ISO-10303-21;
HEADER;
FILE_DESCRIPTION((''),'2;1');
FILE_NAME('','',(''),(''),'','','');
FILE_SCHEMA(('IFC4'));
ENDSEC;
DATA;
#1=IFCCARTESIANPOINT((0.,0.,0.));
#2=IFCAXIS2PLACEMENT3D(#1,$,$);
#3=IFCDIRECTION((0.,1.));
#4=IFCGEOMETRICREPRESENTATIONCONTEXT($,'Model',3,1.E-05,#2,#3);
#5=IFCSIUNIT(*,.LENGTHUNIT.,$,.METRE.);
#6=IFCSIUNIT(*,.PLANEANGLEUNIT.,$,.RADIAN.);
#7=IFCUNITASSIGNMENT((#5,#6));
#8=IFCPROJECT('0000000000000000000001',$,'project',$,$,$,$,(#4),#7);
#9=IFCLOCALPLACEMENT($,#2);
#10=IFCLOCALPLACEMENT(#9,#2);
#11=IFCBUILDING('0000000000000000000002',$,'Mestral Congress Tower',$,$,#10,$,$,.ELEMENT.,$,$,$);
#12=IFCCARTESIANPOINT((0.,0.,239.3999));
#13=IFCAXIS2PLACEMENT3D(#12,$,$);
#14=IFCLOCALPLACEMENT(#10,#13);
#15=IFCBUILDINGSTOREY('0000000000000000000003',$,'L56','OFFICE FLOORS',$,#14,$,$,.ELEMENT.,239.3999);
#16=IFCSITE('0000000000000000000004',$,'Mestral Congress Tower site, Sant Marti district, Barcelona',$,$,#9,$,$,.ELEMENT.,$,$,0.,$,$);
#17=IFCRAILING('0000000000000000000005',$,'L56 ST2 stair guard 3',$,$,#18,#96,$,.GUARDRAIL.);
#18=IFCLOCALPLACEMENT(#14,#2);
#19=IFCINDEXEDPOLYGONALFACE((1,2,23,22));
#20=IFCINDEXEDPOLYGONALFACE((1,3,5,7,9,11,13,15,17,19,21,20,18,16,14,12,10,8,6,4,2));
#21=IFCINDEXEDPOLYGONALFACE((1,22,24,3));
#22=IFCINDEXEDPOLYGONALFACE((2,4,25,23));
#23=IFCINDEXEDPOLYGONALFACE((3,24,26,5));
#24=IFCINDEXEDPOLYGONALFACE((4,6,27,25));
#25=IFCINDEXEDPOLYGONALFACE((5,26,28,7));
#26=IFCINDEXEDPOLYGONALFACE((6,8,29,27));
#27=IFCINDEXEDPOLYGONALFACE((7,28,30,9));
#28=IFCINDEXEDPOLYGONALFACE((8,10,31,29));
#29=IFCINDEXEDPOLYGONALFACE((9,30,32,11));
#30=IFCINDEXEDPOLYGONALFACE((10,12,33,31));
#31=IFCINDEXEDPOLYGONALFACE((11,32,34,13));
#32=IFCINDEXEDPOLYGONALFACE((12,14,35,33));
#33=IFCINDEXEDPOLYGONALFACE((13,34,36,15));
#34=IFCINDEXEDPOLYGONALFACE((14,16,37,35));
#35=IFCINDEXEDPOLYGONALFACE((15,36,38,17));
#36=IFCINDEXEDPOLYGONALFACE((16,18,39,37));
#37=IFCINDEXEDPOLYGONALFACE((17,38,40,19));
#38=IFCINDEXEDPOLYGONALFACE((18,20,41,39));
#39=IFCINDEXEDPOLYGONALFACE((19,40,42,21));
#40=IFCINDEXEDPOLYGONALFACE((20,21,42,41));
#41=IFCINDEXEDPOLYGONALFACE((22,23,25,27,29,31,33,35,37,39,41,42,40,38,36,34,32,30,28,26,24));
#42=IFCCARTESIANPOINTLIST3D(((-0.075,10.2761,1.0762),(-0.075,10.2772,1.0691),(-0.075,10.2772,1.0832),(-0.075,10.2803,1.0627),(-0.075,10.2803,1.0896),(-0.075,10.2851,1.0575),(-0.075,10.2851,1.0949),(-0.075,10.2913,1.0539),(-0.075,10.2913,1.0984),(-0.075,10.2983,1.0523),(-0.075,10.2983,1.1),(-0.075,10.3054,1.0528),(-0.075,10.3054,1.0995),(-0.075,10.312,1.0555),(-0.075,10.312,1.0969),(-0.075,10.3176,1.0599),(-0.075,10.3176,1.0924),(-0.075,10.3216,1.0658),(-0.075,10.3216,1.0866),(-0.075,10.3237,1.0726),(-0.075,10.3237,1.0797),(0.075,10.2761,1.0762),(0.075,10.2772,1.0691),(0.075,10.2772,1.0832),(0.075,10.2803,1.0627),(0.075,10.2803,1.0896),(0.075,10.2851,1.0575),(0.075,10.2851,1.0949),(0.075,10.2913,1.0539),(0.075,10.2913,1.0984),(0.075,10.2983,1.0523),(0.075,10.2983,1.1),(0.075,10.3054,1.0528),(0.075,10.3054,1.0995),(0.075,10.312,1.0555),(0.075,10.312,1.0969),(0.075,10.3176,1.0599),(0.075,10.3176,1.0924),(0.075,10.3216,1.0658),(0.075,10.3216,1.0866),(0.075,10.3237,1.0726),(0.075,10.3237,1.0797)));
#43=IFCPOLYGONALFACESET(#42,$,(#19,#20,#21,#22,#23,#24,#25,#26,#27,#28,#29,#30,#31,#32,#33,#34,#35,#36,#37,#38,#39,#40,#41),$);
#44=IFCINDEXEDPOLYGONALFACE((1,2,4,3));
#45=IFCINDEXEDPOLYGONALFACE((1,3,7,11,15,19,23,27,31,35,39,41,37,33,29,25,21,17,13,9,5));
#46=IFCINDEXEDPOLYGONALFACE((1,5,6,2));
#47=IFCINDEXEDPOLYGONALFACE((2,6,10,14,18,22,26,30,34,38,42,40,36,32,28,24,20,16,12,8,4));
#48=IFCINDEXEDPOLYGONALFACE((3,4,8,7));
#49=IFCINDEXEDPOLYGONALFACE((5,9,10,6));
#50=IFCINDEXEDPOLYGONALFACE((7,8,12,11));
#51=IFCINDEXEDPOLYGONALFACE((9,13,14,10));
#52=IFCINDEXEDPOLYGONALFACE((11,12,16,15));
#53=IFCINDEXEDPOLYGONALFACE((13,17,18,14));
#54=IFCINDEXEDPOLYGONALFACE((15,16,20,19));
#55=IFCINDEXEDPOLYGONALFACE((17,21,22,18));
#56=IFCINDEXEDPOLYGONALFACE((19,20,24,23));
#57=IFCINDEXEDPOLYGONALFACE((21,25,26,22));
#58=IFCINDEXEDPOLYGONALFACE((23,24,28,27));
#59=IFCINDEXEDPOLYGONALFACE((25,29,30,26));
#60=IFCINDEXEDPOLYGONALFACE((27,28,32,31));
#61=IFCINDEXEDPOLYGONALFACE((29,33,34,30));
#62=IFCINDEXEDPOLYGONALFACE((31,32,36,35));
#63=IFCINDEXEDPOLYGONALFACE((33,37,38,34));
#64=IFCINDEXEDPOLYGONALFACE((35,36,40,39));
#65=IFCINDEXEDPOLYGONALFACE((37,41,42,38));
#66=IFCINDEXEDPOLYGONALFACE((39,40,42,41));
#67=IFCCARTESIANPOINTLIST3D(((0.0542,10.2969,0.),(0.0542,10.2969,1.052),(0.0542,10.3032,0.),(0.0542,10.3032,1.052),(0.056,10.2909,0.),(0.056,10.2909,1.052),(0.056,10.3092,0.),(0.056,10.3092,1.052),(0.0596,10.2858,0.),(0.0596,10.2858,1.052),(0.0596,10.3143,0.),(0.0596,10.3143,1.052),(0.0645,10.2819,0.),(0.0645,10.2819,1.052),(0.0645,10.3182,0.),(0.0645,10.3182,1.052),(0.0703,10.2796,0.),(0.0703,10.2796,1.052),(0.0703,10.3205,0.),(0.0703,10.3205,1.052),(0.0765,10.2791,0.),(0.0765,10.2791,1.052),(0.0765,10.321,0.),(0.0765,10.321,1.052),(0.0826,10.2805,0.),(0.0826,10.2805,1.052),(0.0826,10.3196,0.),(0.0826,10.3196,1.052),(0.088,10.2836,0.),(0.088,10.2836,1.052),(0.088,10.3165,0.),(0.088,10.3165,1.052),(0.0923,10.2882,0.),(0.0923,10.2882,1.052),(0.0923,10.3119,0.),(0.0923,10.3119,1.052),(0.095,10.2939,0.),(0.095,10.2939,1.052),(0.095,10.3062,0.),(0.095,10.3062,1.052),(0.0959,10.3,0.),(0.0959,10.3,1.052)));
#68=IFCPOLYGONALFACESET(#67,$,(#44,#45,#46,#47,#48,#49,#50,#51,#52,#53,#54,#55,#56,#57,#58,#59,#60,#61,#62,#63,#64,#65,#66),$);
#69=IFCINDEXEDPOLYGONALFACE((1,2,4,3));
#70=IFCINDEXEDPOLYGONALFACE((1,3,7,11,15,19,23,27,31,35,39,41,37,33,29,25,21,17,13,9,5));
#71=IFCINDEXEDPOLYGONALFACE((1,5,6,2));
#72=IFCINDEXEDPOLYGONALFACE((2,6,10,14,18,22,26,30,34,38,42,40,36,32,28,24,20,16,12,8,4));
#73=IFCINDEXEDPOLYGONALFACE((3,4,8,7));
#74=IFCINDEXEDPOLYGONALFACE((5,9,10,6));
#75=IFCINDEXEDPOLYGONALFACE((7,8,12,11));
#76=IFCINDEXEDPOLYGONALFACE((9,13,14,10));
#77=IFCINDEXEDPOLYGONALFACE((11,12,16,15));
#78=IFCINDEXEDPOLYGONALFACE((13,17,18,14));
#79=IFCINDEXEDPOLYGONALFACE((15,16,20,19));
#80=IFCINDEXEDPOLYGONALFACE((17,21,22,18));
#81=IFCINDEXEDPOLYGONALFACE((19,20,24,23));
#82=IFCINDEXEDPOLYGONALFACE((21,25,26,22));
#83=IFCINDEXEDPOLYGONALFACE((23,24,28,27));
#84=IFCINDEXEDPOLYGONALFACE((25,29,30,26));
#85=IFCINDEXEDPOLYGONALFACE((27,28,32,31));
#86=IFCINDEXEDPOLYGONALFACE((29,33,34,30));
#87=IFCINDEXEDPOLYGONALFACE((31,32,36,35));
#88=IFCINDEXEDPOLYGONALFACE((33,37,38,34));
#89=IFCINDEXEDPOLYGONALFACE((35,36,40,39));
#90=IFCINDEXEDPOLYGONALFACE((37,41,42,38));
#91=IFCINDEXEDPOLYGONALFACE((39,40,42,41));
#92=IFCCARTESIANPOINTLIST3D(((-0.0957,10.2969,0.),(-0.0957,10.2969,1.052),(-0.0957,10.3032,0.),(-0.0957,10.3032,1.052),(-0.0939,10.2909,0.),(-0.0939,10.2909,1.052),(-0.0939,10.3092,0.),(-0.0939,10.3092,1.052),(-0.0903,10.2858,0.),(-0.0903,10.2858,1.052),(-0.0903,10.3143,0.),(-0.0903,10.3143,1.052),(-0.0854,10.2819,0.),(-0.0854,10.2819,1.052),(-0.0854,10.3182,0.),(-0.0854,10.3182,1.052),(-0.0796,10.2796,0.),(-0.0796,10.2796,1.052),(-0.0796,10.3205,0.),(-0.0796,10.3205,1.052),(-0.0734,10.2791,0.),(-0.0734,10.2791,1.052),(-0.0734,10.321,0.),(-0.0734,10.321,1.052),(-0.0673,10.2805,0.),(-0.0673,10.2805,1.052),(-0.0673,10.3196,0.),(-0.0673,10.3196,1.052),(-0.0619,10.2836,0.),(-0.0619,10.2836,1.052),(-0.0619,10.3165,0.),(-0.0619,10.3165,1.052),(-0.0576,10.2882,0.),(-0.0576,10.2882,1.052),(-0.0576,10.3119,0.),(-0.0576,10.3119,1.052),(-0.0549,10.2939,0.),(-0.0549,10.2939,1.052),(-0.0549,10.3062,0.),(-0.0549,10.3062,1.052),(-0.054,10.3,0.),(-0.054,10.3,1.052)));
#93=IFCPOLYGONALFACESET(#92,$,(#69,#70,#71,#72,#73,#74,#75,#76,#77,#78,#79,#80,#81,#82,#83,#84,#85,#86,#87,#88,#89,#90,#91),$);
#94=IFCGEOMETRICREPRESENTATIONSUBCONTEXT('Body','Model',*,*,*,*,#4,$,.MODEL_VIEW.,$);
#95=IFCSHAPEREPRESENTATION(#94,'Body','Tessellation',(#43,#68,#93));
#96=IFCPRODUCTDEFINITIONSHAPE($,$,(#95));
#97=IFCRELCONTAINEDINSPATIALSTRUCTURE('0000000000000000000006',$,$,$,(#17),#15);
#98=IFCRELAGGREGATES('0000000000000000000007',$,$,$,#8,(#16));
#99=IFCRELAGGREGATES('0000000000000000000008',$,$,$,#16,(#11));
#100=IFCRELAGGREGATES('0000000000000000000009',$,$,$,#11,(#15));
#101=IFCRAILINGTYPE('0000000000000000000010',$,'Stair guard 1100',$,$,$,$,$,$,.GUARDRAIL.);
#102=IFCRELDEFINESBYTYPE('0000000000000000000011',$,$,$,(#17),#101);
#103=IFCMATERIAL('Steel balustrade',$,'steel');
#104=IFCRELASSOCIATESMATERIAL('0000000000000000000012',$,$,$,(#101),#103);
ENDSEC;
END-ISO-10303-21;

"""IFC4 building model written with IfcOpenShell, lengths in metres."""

from ifc_helpers import new_model, si_unit, direction, frame, origin, origin_2d, place, context, subcontext, project, spatial, circle, extrude, material, type_object, element, save


model = new_model("IFC4")

# Units and contexts
model_context = context("Model", 3, precision=1e-05, world=origin(), true_north=direction((0.0, 1.0)))
body_context = subcontext(model_context, "Body", "Model", "MODEL_VIEW")
ifc_project = project(units=[si_unit("LENGTHUNIT", "METRE"), si_unit("PLANEANGLEUNIT", "RADIAN")], contexts=[model_context])

# Site, building, storey
site_placement = place(None, origin())
site = spatial("IfcSite", under=ifc_project, at=site_placement, Name="Mestral Congress Tower site, Sant Marti district, Barcelona", CompositionType="ELEMENT", RefElevation=0.0)
building_placement = place(site_placement, origin())
building = spatial("IfcBuilding", under=site, at=building_placement, Name="Mestral Congress Tower", CompositionType="ELEMENT")
storey_placement = place(building_placement, frame((0.0, 0.0, 239.3999)))
storey = spatial("IfcBuildingStorey", under=building, at=storey_placement, Name="L56", Description="OFFICE FLOORS", CompositionType="ELEMENT", Elevation=239.3999)

# Railing
ifc_material_1 = material(Name="Steel balustrade", Category="steel")
railing_type_1 = type_object("IfcRailingType", Name="Stair guard 1100", PredefinedType="GUARDRAIL", material=ifc_material_1)
railing_1_placement = place(storey_placement, frame((0.075, 10.3, 0.0)))
element("IfcRailing", 1, at=railing_1_placement, inside=storey, type_object=railing_type_1, Name="L56 ST2 stair guard 3", PredefinedType="GUARDRAIL", context=body_context, shape_type="SweptSolid", body=[
    extrude(circle(Radius=0.0239, at=origin_2d()), frame((0.0, 0.0, 1.0762), z_axis=(-1.0, 0.0, 0.0), x_axis=(0.0, -1.0, 0.0)), (0.0, 0.0, 1.0), 0.1499),
    extrude(circle(Radius=0.021, at=origin_2d()), origin(), (0.0, 0.0, 1.0), 1.052),
    extrude(circle(Radius=0.021, at=origin_2d()), frame((-0.1499, 0.0, 0.0)), (0.0, 0.0, 1.0), 1.052),
])

save(model, "model.ifc")
